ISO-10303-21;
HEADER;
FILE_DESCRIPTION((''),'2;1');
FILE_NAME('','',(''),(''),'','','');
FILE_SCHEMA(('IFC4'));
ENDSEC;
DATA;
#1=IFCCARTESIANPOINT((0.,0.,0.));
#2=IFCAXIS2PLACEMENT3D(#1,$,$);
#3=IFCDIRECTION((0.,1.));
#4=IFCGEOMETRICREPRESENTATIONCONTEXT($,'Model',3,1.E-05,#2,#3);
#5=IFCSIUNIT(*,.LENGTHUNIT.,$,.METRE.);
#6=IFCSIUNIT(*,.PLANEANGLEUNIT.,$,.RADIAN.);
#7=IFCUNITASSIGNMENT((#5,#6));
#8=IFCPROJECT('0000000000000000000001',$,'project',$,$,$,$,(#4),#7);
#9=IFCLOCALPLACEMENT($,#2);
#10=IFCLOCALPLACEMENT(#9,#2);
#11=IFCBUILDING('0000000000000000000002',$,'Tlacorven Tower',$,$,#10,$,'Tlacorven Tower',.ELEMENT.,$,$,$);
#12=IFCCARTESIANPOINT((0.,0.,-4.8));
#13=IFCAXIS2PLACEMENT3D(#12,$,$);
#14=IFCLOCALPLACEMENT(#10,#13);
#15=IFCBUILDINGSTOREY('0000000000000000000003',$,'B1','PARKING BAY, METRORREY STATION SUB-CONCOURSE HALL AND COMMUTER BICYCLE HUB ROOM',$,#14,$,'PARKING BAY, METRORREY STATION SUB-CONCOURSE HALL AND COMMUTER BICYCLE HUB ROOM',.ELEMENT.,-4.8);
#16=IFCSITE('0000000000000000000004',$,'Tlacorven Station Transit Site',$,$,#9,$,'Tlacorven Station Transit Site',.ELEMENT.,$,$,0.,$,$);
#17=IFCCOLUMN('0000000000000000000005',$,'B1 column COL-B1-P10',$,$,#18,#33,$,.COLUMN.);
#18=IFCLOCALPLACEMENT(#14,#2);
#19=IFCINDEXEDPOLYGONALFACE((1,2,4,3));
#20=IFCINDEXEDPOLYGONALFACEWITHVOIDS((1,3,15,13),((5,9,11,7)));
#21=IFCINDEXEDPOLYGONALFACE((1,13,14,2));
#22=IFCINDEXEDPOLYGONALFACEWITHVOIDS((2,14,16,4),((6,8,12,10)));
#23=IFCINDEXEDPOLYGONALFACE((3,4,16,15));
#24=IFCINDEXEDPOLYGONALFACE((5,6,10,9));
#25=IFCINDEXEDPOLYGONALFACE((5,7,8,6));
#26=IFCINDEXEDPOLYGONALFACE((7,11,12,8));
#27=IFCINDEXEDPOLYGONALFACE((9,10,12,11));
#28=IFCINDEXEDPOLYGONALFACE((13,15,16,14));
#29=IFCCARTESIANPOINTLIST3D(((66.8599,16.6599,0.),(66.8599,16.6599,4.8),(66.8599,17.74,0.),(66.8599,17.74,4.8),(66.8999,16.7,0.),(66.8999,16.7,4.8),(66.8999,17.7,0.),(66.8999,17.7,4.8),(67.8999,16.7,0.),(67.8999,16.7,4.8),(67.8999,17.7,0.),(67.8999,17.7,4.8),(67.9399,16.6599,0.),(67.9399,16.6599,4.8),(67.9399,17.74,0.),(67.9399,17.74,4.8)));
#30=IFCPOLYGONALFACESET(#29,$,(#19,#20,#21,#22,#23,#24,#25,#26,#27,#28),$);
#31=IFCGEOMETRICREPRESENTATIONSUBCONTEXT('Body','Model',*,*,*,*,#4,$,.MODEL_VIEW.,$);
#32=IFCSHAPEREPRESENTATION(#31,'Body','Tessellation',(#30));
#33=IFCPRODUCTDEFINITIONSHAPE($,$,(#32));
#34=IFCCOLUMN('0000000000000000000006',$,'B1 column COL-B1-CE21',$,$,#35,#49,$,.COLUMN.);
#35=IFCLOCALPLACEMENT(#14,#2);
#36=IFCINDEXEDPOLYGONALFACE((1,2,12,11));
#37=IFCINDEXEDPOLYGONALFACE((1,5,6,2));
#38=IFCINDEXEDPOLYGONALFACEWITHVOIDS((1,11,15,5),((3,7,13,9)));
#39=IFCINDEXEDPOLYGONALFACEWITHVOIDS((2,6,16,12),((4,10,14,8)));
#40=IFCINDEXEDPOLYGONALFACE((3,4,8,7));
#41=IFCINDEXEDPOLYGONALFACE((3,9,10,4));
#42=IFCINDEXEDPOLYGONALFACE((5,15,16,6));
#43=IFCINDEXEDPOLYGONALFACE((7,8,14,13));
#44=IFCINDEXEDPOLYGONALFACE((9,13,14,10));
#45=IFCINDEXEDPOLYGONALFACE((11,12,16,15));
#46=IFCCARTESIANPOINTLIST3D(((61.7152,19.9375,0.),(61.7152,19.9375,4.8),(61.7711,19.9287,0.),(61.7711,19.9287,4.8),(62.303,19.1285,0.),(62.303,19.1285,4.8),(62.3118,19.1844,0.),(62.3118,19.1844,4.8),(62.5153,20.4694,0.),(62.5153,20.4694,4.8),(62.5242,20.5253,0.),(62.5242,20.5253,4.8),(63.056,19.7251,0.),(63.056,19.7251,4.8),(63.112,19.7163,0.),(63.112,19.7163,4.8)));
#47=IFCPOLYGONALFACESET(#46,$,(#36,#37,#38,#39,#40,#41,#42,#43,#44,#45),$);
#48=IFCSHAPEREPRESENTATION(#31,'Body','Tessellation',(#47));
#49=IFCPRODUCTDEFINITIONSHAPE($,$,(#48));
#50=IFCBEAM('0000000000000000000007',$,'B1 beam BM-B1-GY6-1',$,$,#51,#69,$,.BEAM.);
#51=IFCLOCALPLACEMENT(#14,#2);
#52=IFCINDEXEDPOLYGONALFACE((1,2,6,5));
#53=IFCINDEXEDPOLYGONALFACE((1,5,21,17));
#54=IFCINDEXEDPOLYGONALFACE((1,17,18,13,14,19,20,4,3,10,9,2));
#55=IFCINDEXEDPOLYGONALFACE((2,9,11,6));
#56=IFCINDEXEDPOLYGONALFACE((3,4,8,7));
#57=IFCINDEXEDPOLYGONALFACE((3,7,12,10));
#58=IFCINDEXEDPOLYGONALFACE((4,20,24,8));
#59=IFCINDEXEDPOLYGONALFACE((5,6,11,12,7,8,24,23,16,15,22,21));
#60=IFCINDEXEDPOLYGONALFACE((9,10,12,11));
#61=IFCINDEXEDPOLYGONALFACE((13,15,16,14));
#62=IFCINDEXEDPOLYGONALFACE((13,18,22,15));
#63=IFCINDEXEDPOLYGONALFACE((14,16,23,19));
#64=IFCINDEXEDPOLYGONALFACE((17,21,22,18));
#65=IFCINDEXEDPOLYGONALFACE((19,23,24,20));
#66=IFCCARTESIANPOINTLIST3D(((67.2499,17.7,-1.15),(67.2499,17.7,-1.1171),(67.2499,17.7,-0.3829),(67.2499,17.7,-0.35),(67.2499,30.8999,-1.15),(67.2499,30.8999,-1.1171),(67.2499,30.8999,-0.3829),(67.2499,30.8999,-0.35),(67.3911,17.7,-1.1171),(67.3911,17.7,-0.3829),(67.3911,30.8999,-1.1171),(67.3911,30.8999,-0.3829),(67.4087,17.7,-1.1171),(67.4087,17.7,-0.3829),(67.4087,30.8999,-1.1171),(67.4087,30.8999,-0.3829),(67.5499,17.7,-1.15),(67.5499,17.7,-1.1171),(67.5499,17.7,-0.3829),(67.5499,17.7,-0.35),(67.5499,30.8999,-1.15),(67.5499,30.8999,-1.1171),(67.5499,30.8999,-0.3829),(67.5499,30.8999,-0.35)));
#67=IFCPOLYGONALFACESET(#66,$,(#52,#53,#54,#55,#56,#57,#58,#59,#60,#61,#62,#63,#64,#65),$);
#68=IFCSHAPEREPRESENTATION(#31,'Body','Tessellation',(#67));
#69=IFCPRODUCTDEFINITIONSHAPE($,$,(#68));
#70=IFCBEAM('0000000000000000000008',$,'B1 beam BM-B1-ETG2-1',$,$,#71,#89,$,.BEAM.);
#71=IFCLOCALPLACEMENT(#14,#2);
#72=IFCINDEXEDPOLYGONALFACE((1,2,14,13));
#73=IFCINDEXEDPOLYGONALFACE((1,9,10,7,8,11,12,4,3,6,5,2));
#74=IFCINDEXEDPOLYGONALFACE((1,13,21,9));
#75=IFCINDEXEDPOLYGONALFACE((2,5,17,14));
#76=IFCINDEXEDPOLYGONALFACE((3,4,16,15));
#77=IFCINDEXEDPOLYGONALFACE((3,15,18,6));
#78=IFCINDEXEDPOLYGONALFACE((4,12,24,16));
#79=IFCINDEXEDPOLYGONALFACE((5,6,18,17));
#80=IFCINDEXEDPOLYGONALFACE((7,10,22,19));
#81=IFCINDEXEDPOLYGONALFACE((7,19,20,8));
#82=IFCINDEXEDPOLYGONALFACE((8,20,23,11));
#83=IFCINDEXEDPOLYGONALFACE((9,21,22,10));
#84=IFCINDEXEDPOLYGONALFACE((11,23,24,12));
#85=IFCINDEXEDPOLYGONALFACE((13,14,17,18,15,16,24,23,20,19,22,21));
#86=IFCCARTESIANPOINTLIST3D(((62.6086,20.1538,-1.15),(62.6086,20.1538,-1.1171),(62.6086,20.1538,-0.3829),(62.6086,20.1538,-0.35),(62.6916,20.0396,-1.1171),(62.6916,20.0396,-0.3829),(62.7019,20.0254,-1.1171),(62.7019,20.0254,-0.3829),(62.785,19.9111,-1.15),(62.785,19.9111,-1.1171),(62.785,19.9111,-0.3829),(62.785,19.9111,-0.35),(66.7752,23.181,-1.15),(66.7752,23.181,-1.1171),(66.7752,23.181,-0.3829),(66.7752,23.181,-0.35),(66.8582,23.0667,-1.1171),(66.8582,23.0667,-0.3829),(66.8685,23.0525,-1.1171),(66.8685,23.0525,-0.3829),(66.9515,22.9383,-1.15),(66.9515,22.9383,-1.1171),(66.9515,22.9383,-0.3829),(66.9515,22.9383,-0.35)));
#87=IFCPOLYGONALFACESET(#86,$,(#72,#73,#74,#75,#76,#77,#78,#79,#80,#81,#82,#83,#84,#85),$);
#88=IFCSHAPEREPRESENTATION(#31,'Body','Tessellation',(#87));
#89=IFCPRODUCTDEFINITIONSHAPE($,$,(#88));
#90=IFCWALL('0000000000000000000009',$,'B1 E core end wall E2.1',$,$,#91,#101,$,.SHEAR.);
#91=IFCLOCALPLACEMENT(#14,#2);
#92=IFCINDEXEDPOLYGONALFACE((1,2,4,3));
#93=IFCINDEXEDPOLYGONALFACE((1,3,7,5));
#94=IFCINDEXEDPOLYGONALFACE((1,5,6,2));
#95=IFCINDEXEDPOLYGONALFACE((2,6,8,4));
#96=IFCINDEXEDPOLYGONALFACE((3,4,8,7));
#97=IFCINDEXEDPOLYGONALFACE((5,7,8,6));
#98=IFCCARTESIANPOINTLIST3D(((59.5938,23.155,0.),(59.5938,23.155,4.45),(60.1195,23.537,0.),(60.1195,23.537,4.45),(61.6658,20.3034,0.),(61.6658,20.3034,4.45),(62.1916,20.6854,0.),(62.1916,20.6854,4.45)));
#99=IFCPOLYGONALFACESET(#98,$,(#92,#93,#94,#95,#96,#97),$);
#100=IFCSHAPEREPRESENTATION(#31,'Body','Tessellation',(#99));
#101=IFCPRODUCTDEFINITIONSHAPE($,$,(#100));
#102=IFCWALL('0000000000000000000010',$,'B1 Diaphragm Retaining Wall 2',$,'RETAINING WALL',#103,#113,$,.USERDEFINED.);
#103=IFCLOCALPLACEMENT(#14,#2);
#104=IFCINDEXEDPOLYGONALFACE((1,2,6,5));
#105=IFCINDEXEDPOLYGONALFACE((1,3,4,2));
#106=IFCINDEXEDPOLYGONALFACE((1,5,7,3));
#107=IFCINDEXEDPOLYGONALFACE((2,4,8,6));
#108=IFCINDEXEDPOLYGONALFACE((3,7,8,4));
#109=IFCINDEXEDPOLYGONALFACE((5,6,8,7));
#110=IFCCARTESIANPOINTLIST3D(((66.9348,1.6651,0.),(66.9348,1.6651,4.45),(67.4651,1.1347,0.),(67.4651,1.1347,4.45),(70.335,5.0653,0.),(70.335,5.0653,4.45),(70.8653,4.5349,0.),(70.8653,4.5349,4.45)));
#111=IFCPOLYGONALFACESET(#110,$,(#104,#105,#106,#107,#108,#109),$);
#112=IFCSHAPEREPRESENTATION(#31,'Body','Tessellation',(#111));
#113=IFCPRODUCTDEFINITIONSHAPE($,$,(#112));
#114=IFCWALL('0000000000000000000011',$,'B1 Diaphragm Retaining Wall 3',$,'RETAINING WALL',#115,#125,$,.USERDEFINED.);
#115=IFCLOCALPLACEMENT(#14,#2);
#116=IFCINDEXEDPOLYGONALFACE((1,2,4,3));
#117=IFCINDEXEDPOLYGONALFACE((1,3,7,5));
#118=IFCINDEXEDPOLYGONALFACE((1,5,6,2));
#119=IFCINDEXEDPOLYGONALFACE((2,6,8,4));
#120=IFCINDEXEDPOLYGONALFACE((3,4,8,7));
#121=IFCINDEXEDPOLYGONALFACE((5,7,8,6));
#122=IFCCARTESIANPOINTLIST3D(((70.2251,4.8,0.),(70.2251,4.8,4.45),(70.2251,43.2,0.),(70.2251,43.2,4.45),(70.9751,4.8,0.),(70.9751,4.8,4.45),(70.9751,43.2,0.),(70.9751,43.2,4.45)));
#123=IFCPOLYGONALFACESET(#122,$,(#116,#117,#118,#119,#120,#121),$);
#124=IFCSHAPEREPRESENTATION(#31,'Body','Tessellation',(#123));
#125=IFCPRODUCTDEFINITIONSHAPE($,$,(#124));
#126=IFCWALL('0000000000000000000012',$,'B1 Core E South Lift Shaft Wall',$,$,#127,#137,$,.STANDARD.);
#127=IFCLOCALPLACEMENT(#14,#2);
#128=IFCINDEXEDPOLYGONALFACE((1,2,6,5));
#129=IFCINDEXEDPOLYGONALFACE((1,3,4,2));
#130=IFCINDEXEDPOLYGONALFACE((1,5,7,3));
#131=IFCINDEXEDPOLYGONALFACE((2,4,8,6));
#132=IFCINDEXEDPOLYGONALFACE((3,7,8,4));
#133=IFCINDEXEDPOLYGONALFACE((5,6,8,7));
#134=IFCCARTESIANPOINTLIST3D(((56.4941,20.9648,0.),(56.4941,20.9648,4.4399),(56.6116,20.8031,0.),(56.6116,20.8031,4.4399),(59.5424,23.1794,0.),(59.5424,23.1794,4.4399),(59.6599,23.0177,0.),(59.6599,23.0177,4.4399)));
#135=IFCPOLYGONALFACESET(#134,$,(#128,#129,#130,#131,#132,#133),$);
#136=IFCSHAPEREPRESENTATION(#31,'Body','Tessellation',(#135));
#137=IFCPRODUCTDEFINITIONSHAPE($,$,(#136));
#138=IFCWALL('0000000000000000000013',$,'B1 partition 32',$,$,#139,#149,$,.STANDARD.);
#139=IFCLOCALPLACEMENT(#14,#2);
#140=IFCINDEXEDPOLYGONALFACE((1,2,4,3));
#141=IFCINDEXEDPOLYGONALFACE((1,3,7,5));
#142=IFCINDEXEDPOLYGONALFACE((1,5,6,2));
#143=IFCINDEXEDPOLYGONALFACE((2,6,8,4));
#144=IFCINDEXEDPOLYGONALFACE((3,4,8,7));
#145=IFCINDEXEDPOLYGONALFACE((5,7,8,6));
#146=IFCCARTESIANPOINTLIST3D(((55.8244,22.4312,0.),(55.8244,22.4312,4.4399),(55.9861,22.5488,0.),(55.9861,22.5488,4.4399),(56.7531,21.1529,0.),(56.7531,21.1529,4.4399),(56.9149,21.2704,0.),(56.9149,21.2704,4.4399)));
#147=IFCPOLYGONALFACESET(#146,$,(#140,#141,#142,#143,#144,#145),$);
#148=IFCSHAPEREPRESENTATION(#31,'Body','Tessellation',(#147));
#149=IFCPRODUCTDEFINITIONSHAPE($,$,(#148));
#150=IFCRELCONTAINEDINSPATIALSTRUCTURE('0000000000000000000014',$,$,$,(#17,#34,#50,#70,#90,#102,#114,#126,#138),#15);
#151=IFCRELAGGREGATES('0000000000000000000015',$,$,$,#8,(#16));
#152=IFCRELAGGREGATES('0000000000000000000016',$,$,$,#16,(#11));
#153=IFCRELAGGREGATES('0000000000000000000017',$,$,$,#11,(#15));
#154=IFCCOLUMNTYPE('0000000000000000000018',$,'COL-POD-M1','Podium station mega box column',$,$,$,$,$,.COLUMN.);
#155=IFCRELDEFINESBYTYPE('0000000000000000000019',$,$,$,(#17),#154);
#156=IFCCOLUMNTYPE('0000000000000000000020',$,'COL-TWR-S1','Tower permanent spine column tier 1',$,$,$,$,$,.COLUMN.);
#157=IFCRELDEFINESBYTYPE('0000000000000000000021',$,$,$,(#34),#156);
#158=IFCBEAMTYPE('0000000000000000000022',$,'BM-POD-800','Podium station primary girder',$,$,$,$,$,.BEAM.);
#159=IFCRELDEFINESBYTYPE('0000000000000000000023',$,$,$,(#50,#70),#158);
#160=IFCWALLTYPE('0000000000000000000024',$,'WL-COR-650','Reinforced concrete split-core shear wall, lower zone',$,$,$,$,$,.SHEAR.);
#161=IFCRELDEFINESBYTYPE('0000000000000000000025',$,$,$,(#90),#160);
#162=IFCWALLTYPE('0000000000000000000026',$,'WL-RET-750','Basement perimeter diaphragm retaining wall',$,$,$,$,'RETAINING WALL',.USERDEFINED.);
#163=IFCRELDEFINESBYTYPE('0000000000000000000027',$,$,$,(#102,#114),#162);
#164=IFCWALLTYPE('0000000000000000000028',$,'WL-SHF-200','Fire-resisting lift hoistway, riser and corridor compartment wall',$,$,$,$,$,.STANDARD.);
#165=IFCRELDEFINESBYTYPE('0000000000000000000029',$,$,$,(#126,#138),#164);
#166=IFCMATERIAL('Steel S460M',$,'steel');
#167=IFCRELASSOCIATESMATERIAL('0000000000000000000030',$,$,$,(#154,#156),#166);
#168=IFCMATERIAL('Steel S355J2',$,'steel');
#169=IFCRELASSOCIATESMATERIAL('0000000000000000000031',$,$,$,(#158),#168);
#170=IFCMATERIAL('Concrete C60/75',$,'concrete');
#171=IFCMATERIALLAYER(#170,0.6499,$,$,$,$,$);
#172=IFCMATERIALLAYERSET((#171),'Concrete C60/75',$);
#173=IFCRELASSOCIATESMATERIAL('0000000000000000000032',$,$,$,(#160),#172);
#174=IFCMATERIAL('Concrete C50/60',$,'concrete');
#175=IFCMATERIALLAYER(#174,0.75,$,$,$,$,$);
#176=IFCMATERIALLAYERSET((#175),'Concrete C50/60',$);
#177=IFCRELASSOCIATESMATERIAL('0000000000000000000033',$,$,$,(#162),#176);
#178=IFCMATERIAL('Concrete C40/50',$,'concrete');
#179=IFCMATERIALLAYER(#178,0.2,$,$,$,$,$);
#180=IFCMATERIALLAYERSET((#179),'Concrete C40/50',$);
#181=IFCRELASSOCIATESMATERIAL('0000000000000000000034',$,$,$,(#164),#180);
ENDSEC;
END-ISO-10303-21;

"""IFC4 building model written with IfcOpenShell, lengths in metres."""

from ifc_helpers import new_model, si_unit, direction, frame, frame_2d, origin, origin_2d, place, context, subcontext, project, spatial, rectangle, hollow_rectangle, i_section, extrude, source, transform, mapped, material, layer, layer_set, material_profile, profile_set, type_object, element, save


model = new_model("IFC4")

# Units and contexts
model_context = context("Model", 3, precision=1e-05, world=origin(), true_north=direction((0.0, 1.0)))
body_context = subcontext(model_context, "Body", "Model", "MODEL_VIEW")
ifc_project = project(units=[si_unit("LENGTHUNIT", "METRE"), si_unit("PLANEANGLEUNIT", "RADIAN")], contexts=[model_context])

# Site, building, storey
site_placement = place(None, origin())
site = spatial("IfcSite", under=ifc_project, at=site_placement, Name="Tlacorven Station Transit Site", LongName="Tlacorven Station Transit Site", CompositionType="ELEMENT", RefElevation=0.0)
building_placement = place(site_placement, origin())
building = spatial("IfcBuilding", under=site, at=building_placement, Name="Tlacorven Tower", LongName="Tlacorven Tower", CompositionType="ELEMENT")
storey_placement = place(building_placement, frame((0.0, 0.0, -4.8)))
storey = spatial("IfcBuildingStorey", under=building, at=storey_placement, Name="B1", Description="PARKING BAY, METRORREY STATION SUB-CONCOURSE HALL AND COMMUTER BICYCLE HUB ROOM", LongName="PARKING BAY, METRORREY STATION SUB-CONCOURSE HALL AND COMMUTER BICYCLE HUB ROOM", CompositionType="ELEMENT", Elevation=-4.8)

# Columns
ifc_material_1 = material(Name="Steel S460M", Category="steel")
ifc_material_profile_1 = material_profile(ifc_material_1, hollow_rectangle(XDim=1.0801, YDim=1.0801, WallThickness=0.04, at=origin_2d()), Name="BOX 1080X1080X40")
ifc_profile_set_1 = profile_set([ifc_material_profile_1], Name="Steel S460M")
column_type_1 = type_object("IfcColumnType", Name="COL-POD-M1", Description="Podium station mega box column", PredefinedType="COLUMN", material=ifc_profile_set_1)
shared_shape_1 = source(origin(), body_context, "Body", "SweptSolid", [
    extrude(hollow_rectangle(XDim=1.0801, YDim=1.0801, WallThickness=0.04, at=origin_2d()), origin(), (0.0, 0.0, 1.0), 4.8),
])
column_1_placement = place(storey_placement, frame((67.3999, 17.2, 0.0), z_axis=(0.0, 0.0, 1.0), x_axis=(1.0, 0.0, 0.0)))
element("IfcColumn", 1, at=column_1_placement, inside=storey, type_object=column_type_1, Name="B1 column COL-B1-P10", PredefinedType="COLUMN", context=body_context, shape_type="MappedRepresentation", body=[
    mapped(shared_shape_1, transform((0.0, 0.0, 0.0), scale=1.0)),
])
ifc_material_profile_2 = material_profile(ifc_material_1, hollow_rectangle(XDim=1.0, YDim=1.0, WallThickness=0.04, at=origin_2d()), Name="BOX 1000X1000X40")
ifc_profile_set_2 = profile_set([ifc_material_profile_2], Name="Steel S460M")
column_type_2 = type_object("IfcColumnType", Name="COL-TWR-S1", Description="Tower permanent spine column tier 1", PredefinedType="COLUMN", material=ifc_profile_set_2)
shared_shape_2 = source(origin(), body_context, "Body", "SweptSolid", [
    extrude(hollow_rectangle(XDim=1.0, YDim=1.0, WallThickness=0.04, at=origin_2d()), origin(), (0.0, 0.0, 1.0), 4.8),
])
column_2_placement = place(storey_placement, frame((62.4136, 19.8269, 0.0), z_axis=(0.0, 0.0, 1.0), x_axis=(0.809017, 0.587785, 0.0)))
element("IfcColumn", 2, at=column_2_placement, inside=storey, type_object=column_type_2, Name="B1 column COL-B1-CE21", PredefinedType="COLUMN", context=body_context, shape_type="MappedRepresentation", body=[
    mapped(shared_shape_2, transform((0.0, 0.0, 0.0), scale=1.0)),
])

# Beams
ifc_material_2 = material(Name="Steel S355J2", Category="steel")
ifc_material_profile_3 = material_profile(ifc_material_2, i_section(OverallWidth=0.3, OverallDepth=0.8, WebThickness=0.0176, FlangeThickness=0.033, at=origin_2d()), Name="HEB 800")
ifc_profile_set_3 = profile_set([ifc_material_profile_3], Name="Steel S355J2")
beam_type = type_object("IfcBeamType", Name="BM-POD-800", Description="Podium station primary girder", PredefinedType="BEAM", material=ifc_profile_set_3)
shared_shape_3 = source(origin(), body_context, "Body", "SweptSolid", [
    extrude(i_section(OverallWidth=0.3, OverallDepth=0.8, WebThickness=0.0176, FlangeThickness=0.033, at=origin_2d()), origin(), (0.0, 0.0, 1.0), 13.2),
])
beam_1_placement = place(storey_placement, frame((67.3999, 17.7, -0.75), z_axis=(0.0, 1.0, 0.0), x_axis=(-1.0, 0.0, 0.0)))
element("IfcBeam", 3, at=beam_1_placement, inside=storey, type_object=beam_type, Name="B1 beam BM-B1-GY6-1", PredefinedType="BEAM", context=body_context, shape_type="MappedRepresentation", body=[
    mapped(shared_shape_3, transform((0.0, 0.0, 0.0), scale=1.0)),
])
shared_shape_4 = source(origin(), body_context, "Body", "SweptSolid", [
    extrude(i_section(OverallWidth=0.3, OverallDepth=0.8, WebThickness=0.0176, FlangeThickness=0.033, at=origin_2d()), origin(), (0.0, 0.0, 1.0), 5.1501),
])
beam_2_placement = place(storey_placement, frame((62.6968, 20.0325, -0.75), z_axis=(0.809021, 0.58778, 0.0), x_axis=(-0.58778, 0.809021, 0.0)))
element("IfcBeam", 4, at=beam_2_placement, inside=storey, type_object=beam_type, Name="B1 beam BM-B1-ETG2-1", PredefinedType="BEAM", context=body_context, shape_type="MappedRepresentation", body=[
    mapped(shared_shape_4, transform((0.0, 0.0, 0.0), scale=1.0)),
])

# Walls
ifc_material_3 = material(Name="Concrete C60/75", Category="concrete")
ifc_layer_1 = layer(ifc_material_3, 0.6499)
ifc_layer_set_1 = layer_set([ifc_layer_1], Name="Concrete C60/75")
wall_type_1 = type_object("IfcWallType", Name="WL-COR-650", Description="Reinforced concrete split-core shear wall, lower zone", PredefinedType="SHEAR", material=ifc_layer_set_1)
wall_1_placement = place(storey_placement, frame((61.9287, 20.4944, 0.0), z_axis=(0.0, 0.0, 1.0), x_axis=(-0.58783, 0.808985, 0.0)))
element("IfcWall", 5, at=wall_1_placement, inside=storey, type_object=wall_type_1, Name="B1 E core end wall E2.1", PredefinedType="SHEAR", context=body_context, shape_type="SweptSolid", body=[
    extrude(rectangle(XDim=3.5249, YDim=0.6499, at=frame_2d((1.7625, 0.0))), origin(), (0.0, 0.0, 1.0), 4.45),
])
ifc_material_4 = material(Name="Concrete C50/60", Category="concrete")
ifc_layer_2 = layer(ifc_material_4, 0.75)
ifc_layer_set_2 = layer_set([ifc_layer_2], Name="Concrete C50/60")
wall_type_2 = type_object("IfcWallType", Name="WL-RET-750", Description="Basement perimeter diaphragm retaining wall", ElementType="RETAINING WALL", PredefinedType="USERDEFINED", material=ifc_layer_set_2)
wall_2_placement = place(storey_placement, frame((67.2, 1.3999, 0.0), z_axis=(0.0, 0.0, 1.0), x_axis=(0.707107, 0.707107, 0.0)))
element("IfcWall", 6, at=wall_2_placement, inside=storey, type_object=wall_type_2, Name="B1 Diaphragm Retaining Wall 2", ObjectType="RETAINING WALL", PredefinedType="USERDEFINED", context=body_context, shape_type="SweptSolid", body=[
    extrude(rectangle(XDim=4.8086, YDim=0.75, at=frame_2d((2.4043, 0.0))), origin(), (0.0, 0.0, 1.0), 4.45),
])
wall_3_placement = place(storey_placement, frame((70.6001, 4.8, 0.0), z_axis=(0.0, 0.0, 1.0), x_axis=(0.0, 1.0, 0.0)))
element("IfcWall", 7, at=wall_3_placement, inside=storey, type_object=wall_type_2, Name="B1 Diaphragm Retaining Wall 3", ObjectType="RETAINING WALL", PredefinedType="USERDEFINED", context=body_context, shape_type="SweptSolid", body=[
    extrude(rectangle(XDim=38.3999, YDim=0.75, at=frame_2d((19.2, 0.0))), origin(), (0.0, 0.0, 1.0), 4.45),
])
ifc_material_5 = material(Name="Concrete C40/50", Category="concrete")
ifc_layer_3 = layer(ifc_material_5, 0.2)
ifc_layer_set_3 = layer_set([ifc_layer_3], Name="Concrete C40/50")
wall_type_3 = type_object("IfcWallType", Name="WL-SHF-200", Description="Fire-resisting lift hoistway, riser and corridor compartment wall", PredefinedType="STANDARD", material=ifc_layer_set_3)
wall_4_placement = place(storey_placement, frame((56.553, 20.884, 0.0), z_axis=(0.0, 0.0, 1.0), x_axis=(0.809036, 0.587759, 0.0)))
element("IfcWall", 8, at=wall_4_placement, inside=storey, type_object=wall_type_3, Name="B1 Core E South Lift Shaft Wall", PredefinedType="STANDARD", context=body_context, shape_type="SweptSolid", body=[
    extrude(rectangle(XDim=3.7678, YDim=0.2, at=frame_2d((1.8838, 0.0))), origin(), (0.0, 0.0, 1.0), 4.4399),
])
wall_5_placement = place(storey_placement, frame((56.834, 21.2117, 0.0), z_axis=(0.0, 0.0, 1.0), x_axis=(-0.587767, 0.80903, 0.0)))
element("IfcWall", 9, at=wall_5_placement, inside=storey, type_object=wall_type_3, Name="B1 partition 32", PredefinedType="STANDARD", context=body_context, shape_type="SweptSolid", body=[
    extrude(rectangle(XDim=1.5801, YDim=0.2, at=frame_2d((0.79, 0.0))), origin(), (0.0, 0.0, 1.0), 4.4399),
])

save(model, "model.ifc")
